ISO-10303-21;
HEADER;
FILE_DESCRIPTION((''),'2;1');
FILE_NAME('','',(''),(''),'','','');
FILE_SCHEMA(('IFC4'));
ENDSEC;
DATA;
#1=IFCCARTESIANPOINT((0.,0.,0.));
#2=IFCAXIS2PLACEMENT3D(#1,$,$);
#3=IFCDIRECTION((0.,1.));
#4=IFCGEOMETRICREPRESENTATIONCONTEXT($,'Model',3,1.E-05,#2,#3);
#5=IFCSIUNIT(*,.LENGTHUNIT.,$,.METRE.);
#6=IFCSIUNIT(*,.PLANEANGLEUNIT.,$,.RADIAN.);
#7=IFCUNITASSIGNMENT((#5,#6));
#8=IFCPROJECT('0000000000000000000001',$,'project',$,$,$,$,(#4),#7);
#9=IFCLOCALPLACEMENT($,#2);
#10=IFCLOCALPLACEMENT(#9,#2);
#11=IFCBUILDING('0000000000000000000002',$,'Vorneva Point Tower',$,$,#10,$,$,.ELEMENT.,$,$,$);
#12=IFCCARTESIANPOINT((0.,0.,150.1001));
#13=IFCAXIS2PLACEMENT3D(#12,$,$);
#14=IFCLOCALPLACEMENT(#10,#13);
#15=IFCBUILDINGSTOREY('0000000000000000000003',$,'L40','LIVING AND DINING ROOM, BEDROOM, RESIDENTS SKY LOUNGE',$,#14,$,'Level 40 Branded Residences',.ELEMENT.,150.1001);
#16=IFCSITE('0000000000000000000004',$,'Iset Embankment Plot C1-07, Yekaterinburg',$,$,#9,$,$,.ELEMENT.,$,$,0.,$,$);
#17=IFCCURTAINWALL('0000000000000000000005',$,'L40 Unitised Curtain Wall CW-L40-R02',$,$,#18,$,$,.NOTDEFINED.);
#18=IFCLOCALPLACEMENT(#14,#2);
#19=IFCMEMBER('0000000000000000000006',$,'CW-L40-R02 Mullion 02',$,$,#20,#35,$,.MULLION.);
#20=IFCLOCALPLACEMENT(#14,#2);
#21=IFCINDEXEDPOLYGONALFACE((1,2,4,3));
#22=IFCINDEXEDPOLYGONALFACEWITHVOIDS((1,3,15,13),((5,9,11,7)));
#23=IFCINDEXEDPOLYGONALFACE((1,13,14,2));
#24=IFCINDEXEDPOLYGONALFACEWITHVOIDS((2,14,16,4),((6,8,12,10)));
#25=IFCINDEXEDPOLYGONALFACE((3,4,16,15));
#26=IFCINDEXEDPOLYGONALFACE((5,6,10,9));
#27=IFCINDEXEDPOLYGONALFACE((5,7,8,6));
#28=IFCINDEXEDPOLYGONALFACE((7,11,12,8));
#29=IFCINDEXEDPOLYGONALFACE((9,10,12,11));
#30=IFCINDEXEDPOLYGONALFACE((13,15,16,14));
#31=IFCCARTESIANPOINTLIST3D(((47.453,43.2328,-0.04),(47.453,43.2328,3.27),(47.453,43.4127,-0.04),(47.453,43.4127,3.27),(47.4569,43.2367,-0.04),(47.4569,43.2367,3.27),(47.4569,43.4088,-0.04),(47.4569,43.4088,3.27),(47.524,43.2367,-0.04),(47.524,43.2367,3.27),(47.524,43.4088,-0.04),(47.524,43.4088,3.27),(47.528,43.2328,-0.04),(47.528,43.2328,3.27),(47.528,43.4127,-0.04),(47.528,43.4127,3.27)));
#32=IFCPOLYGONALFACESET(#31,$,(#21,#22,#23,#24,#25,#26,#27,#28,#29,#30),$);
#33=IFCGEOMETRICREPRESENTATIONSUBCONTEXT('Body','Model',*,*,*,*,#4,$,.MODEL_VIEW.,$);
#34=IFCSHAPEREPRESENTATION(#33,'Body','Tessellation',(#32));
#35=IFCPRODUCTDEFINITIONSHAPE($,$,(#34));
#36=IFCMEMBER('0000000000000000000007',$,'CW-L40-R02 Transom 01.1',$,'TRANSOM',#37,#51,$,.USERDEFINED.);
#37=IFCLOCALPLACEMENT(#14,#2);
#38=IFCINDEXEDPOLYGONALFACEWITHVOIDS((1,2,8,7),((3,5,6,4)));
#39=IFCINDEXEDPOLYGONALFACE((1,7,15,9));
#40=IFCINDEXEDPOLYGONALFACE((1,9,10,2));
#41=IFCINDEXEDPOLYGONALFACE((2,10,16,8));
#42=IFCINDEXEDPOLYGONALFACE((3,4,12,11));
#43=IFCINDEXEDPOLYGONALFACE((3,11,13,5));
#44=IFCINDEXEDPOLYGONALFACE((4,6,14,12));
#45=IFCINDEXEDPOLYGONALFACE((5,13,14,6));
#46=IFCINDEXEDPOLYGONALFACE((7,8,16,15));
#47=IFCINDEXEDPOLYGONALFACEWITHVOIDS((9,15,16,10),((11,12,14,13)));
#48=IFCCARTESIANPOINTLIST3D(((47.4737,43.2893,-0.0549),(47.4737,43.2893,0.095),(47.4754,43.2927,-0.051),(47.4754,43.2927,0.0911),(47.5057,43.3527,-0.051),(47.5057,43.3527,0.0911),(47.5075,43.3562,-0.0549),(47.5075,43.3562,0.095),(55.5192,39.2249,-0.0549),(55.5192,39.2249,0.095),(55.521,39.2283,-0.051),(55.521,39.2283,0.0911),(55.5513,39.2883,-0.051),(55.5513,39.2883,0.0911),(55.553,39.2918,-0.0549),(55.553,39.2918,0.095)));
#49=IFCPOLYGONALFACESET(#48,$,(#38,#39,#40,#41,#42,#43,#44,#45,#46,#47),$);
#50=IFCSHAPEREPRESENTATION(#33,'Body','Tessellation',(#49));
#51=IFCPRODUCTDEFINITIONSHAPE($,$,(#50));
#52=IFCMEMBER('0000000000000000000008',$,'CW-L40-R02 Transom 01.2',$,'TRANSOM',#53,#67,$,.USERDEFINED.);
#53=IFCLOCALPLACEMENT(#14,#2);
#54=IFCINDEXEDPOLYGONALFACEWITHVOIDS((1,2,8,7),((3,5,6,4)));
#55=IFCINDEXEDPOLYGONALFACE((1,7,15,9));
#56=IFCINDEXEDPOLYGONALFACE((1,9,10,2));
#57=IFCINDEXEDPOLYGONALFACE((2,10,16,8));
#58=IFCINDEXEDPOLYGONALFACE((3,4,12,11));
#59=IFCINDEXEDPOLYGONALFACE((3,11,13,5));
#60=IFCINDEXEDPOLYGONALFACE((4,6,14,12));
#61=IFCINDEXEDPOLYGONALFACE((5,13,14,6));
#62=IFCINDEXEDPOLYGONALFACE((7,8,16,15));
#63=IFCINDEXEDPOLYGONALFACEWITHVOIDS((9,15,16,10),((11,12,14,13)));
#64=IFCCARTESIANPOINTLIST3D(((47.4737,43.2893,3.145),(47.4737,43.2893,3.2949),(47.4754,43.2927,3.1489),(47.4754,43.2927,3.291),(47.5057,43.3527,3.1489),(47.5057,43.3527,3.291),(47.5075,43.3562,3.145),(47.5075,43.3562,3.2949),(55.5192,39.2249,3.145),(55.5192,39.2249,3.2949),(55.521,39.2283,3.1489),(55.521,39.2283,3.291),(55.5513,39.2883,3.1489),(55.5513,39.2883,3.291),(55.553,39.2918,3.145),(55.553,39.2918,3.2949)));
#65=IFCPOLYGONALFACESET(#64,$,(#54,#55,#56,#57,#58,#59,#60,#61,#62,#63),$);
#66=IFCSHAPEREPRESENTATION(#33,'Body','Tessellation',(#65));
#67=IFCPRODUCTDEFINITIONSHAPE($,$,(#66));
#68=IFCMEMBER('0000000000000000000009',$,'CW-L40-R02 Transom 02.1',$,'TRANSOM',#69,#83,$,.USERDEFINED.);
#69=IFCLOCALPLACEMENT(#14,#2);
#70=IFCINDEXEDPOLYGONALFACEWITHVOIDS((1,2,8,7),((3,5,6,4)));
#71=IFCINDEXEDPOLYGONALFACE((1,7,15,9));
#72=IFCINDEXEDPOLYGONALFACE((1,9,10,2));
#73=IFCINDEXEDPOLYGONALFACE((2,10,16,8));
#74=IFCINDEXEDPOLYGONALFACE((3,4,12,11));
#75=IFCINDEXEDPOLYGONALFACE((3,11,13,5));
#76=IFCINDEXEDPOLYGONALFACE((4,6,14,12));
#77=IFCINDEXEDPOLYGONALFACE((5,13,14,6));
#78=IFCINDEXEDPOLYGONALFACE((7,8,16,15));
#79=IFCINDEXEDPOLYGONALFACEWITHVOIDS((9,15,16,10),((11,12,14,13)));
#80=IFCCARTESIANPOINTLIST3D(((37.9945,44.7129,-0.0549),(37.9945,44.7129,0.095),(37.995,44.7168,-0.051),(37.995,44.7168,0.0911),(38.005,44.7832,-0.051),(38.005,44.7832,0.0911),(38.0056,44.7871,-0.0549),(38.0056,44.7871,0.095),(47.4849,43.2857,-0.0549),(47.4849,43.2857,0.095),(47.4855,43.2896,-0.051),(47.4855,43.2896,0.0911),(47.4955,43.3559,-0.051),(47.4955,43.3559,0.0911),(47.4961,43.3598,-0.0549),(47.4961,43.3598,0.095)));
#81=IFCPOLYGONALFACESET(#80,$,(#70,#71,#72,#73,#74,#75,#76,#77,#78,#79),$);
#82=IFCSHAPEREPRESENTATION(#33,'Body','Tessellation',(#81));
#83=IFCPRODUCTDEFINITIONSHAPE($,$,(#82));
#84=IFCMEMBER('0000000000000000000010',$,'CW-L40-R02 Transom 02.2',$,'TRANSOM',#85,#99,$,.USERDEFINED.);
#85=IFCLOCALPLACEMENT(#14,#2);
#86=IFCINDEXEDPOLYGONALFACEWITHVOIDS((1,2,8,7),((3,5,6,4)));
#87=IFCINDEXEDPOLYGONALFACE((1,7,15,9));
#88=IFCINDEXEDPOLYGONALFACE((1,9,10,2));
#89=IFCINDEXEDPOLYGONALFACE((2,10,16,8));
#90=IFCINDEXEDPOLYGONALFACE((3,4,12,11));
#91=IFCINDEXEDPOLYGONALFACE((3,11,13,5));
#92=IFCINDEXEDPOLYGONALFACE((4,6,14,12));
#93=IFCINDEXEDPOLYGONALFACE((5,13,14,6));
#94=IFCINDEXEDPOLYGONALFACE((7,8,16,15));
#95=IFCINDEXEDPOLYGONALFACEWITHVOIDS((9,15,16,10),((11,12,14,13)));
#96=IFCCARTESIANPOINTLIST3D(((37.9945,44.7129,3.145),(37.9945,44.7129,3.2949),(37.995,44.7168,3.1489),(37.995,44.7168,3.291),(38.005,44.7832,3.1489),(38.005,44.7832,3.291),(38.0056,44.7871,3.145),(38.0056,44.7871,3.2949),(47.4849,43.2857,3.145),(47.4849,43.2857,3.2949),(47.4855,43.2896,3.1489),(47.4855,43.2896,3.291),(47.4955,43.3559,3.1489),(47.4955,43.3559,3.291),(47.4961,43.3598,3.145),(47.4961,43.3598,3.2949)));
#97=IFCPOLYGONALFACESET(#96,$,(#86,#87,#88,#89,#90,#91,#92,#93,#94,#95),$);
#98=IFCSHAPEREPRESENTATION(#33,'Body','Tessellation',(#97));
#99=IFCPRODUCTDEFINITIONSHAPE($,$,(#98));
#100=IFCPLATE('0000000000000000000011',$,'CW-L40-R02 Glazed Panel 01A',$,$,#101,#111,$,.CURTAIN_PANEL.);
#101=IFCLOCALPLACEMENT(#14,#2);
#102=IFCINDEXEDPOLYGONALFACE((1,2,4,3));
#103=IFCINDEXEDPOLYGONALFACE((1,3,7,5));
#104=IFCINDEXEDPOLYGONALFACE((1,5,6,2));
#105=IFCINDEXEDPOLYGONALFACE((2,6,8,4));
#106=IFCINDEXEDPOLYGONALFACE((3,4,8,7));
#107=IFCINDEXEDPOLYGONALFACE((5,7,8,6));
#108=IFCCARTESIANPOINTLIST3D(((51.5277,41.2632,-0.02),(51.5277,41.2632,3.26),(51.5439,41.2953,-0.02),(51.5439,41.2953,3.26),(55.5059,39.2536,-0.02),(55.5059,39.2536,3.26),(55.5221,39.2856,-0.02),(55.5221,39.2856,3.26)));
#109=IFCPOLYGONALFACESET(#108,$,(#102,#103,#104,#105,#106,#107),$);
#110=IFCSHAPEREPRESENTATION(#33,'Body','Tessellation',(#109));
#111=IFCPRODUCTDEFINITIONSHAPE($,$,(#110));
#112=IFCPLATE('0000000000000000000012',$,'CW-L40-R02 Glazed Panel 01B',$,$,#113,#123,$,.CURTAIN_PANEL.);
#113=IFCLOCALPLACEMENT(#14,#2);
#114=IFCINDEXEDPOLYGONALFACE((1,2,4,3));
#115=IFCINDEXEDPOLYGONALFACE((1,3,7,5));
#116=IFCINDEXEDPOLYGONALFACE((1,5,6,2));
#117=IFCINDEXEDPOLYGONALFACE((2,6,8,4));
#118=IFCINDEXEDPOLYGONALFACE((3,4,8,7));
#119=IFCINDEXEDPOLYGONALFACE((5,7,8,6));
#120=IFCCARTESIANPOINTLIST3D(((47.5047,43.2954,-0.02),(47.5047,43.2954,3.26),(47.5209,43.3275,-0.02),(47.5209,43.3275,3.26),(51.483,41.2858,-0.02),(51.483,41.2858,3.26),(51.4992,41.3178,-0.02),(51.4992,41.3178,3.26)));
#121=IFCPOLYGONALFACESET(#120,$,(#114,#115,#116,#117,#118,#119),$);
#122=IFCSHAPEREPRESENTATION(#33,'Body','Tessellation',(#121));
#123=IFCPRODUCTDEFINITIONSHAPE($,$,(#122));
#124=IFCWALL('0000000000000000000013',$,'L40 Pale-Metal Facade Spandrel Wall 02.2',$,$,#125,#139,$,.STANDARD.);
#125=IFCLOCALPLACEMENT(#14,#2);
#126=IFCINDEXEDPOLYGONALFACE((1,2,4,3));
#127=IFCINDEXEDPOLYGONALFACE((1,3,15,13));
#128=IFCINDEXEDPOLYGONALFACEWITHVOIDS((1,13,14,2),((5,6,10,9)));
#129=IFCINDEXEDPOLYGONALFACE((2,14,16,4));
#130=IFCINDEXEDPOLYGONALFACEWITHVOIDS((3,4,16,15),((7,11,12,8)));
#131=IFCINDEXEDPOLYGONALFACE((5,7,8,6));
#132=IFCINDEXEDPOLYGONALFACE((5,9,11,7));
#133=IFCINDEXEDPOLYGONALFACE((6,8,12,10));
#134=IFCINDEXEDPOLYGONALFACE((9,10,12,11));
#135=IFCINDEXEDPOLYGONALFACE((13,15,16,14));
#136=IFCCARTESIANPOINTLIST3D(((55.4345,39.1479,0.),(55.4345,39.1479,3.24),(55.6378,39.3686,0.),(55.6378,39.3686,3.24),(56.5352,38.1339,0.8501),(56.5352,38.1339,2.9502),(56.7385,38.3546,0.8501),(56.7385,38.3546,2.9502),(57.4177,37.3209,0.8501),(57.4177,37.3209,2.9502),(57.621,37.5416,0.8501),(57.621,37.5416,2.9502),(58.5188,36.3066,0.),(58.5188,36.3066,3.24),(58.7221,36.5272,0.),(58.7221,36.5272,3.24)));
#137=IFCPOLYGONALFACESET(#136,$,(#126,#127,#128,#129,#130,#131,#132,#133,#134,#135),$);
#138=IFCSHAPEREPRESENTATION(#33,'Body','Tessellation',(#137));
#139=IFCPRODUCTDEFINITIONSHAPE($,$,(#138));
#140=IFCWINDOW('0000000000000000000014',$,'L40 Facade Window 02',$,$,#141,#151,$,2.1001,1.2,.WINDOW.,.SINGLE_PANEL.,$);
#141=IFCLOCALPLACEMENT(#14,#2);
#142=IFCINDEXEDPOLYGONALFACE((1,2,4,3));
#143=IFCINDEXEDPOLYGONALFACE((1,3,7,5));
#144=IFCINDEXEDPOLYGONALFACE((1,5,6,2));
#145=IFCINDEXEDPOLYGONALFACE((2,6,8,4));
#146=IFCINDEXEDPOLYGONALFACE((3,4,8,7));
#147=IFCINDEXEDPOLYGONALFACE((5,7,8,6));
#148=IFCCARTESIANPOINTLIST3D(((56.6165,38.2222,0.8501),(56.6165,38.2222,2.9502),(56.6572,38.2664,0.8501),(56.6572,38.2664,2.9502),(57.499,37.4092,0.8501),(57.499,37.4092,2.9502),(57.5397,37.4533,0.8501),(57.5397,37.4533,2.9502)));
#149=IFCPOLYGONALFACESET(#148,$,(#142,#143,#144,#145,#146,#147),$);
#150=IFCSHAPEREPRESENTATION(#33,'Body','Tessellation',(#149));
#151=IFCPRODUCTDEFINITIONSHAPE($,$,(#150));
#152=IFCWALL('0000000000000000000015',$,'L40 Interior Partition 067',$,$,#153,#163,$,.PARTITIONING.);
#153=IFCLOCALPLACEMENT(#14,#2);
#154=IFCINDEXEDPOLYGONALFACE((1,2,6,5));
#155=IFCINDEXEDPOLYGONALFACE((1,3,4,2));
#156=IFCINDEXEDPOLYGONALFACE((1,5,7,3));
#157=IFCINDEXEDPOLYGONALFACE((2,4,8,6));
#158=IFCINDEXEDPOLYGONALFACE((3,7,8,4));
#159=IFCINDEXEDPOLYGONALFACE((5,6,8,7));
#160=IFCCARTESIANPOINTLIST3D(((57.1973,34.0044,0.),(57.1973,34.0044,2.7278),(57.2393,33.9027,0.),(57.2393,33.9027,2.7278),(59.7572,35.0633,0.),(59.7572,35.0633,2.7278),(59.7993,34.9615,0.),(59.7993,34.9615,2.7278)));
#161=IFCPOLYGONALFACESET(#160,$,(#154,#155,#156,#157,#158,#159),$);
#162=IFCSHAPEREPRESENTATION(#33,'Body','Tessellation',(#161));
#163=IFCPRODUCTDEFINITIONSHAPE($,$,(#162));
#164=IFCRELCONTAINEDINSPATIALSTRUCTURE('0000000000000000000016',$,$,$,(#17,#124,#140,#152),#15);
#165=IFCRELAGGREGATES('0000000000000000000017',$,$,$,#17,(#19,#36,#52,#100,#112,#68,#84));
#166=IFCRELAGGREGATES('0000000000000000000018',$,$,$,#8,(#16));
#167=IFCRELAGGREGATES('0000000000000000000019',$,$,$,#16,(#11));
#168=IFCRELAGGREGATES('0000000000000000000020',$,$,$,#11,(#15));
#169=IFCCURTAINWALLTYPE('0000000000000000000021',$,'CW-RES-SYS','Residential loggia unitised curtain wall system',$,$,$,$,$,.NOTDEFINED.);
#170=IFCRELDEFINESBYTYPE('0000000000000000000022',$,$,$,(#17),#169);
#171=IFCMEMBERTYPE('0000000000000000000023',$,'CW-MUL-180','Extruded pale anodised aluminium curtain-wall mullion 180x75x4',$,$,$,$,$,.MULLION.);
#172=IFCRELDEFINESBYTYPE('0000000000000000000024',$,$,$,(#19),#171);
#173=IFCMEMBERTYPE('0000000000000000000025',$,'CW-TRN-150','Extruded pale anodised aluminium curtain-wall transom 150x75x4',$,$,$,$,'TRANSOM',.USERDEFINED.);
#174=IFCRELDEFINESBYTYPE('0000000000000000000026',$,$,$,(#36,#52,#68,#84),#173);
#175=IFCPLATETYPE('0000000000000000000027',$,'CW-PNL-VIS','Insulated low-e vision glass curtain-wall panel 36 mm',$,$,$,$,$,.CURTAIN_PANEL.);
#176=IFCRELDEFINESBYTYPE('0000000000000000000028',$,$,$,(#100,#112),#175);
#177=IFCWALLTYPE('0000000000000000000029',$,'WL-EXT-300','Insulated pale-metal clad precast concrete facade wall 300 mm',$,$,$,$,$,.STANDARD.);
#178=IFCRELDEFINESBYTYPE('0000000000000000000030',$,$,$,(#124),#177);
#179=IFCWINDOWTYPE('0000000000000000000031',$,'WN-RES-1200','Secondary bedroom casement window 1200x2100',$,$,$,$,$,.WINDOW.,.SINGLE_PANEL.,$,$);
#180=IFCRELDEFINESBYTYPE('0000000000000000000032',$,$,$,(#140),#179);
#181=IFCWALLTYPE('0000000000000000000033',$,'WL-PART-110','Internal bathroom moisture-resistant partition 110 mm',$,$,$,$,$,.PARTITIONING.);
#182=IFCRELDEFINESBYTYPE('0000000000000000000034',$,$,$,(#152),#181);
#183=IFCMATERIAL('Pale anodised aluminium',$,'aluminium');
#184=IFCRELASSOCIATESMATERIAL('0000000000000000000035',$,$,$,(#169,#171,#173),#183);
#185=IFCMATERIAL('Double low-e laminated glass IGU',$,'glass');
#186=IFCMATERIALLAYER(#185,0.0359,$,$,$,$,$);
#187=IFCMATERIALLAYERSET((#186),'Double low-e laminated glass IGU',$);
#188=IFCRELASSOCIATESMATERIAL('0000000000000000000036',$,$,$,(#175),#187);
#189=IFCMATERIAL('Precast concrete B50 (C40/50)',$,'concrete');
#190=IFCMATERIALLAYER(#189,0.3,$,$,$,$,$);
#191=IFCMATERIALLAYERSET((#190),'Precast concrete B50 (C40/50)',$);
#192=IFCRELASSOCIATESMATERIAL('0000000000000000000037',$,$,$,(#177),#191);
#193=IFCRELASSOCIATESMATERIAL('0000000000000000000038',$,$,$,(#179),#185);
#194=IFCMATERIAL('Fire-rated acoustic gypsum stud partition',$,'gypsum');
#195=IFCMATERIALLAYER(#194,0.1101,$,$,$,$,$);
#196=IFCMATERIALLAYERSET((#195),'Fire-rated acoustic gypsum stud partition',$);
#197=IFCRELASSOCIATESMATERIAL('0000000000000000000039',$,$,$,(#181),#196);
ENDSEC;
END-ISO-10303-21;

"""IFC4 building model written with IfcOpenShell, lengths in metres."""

from ifc_helpers import new_model, si_unit, direction, frame, frame_2d, origin, origin_2d, place, context, subcontext, project, spatial, rectangle, hollow_rectangle, extrude, material, layer, layer_set, material_profile, profile_set, type_object, element, fill, aggregate, save


model = new_model("IFC4")

# Units and contexts
model_context = context("Model", 3, precision=1e-05, world=origin(), true_north=direction((0.0, 1.0)))
body_context = subcontext(model_context, "Body", "Model", "MODEL_VIEW")
ifc_project = project(units=[si_unit("LENGTHUNIT", "METRE"), si_unit("PLANEANGLEUNIT", "RADIAN")], contexts=[model_context])

# Site, building, storey
site_placement = place(None, origin())
site = spatial("IfcSite", under=ifc_project, at=site_placement, Name="Iset Embankment Plot C1-07, Yekaterinburg", CompositionType="ELEMENT", RefElevation=0.0)
building_placement = place(site_placement, origin())
building = spatial("IfcBuilding", under=site, at=building_placement, Name="Vorneva Point Tower", CompositionType="ELEMENT")
storey_placement = place(building_placement, frame((0.0, 0.0, 150.1001)))
storey = spatial("IfcBuildingStorey", under=building, at=storey_placement, Name="L40", Description="LIVING AND DINING ROOM, BEDROOM, RESIDENTS SKY LOUNGE", LongName="Level 40 Branded Residences", CompositionType="ELEMENT", Elevation=150.1001)

# Curtain wall, members, plates
ifc_material_1 = material(Name="Pale anodised aluminium", Category="aluminium")
curtain_wall_type = type_object("IfcCurtainWallType", Name="CW-RES-SYS", Description="Residential loggia unitised curtain wall system", PredefinedType="NOTDEFINED", material=ifc_material_1)
curtain_wall_placement = place(storey_placement, origin())
curtain_wall = element("IfcCurtainWall", 1, at=curtain_wall_placement, inside=storey, type_object=curtain_wall_type, Name="L40 Unitised Curtain Wall CW-L40-R02", PredefinedType="NOTDEFINED")
ifc_material_profile_1 = material_profile(ifc_material_1, hollow_rectangle(XDim=0.075, YDim=0.1799, WallThickness=0.0039, at=origin_2d()), Name="AL-MUL 180x75x4")
ifc_profile_set_1 = profile_set([ifc_material_profile_1], Name="Pale anodised aluminium")
member_type_1 = type_object("IfcMemberType", Name="CW-MUL-180", Description="Extruded pale anodised aluminium curtain-wall mullion 180x75x4", PredefinedType="MULLION", material=ifc_profile_set_1)
member_1_placement = place(storey_placement, frame((47.4905, 43.3228, -0.04), z_axis=(0.0, 0.0, 1.0), x_axis=(1.0, 0.0, 0.0)))
member_1 = element("IfcMember", 2, at=member_1_placement, type_object=member_type_1, Name="CW-L40-R02 Mullion 02", PredefinedType="MULLION", context=body_context, shape_type="SweptSolid", body=[
    extrude(hollow_rectangle(XDim=0.075, YDim=0.1799, WallThickness=0.0039, at=origin_2d()), origin(), (0.0, 0.0, 1.0), 3.3101),
])
ifc_material_profile_2 = material_profile(ifc_material_1, hollow_rectangle(XDim=0.075, YDim=0.1499, WallThickness=0.0039, at=origin_2d()), Name="AL-TRN 150x75x4")
ifc_profile_set_2 = profile_set([ifc_material_profile_2], Name="Pale anodised aluminium")
member_type_2 = type_object("IfcMemberType", Name="CW-TRN-150", Description="Extruded pale anodised aluminium curtain-wall transom 150x75x4", ElementType="TRANSOM", PredefinedType="USERDEFINED", material=ifc_profile_set_2)
member_2_placement = place(storey_placement, frame((55.5361, 39.2583, 0.02), z_axis=(-0.892572, 0.450904, 0.0), x_axis=(-0.450904, -0.892572, 0.0)))
member_2 = element("IfcMember", 3, at=member_2_placement, type_object=member_type_2, Name="CW-L40-R02 Transom 01.1", ObjectType="TRANSOM", PredefinedType="USERDEFINED", context=body_context, shape_type="SweptSolid", body=[
    extrude(hollow_rectangle(XDim=0.075, YDim=0.1499, WallThickness=0.0039, at=origin_2d()), origin(), (0.0, 0.0, 1.0), 9.0139),
])
member_3_placement = place(storey_placement, frame((55.5361, 39.2583, 3.22), z_axis=(-0.892572, 0.450904, 0.0), x_axis=(-0.450904, -0.892572, 0.0)))
member_3 = element("IfcMember", 4, at=member_3_placement, type_object=member_type_2, Name="CW-L40-R02 Transom 01.2", ObjectType="TRANSOM", PredefinedType="USERDEFINED", context=body_context, shape_type="SweptSolid", body=[
    extrude(hollow_rectangle(XDim=0.075, YDim=0.1499, WallThickness=0.0039, at=origin_2d()), origin(), (0.0, 0.0, 1.0), 9.0139),
])
member_4_placement = place(storey_placement, frame((47.4905, 43.3228, 0.02), z_axis=(-0.98888, 0.148715, 0.0), x_axis=(-0.148715, -0.98888, 0.0)))
member_4 = element("IfcMember", 5, at=member_4_placement, type_object=member_type_2, Name="CW-L40-R02 Transom 02.1", ObjectType="TRANSOM", PredefinedType="USERDEFINED", context=body_context, shape_type="SweptSolid", body=[
    extrude(hollow_rectangle(XDim=0.075, YDim=0.1499, WallThickness=0.0039, at=origin_2d()), origin(), (0.0, 0.0, 1.0), 9.5972),
])
member_5_placement = place(storey_placement, frame((47.4905, 43.3228, 3.22), z_axis=(-0.98888, 0.148715, 0.0), x_axis=(-0.148715, -0.98888, 0.0)))
member_5 = element("IfcMember", 6, at=member_5_placement, type_object=member_type_2, Name="CW-L40-R02 Transom 02.2", ObjectType="TRANSOM", PredefinedType="USERDEFINED", context=body_context, shape_type="SweptSolid", body=[
    extrude(hollow_rectangle(XDim=0.075, YDim=0.1499, WallThickness=0.0039, at=origin_2d()), origin(), (0.0, 0.0, 1.0), 9.5972),
])
ifc_material_2 = material(Name="Double low-e laminated glass IGU", Category="glass")
ifc_layer_1 = layer(ifc_material_2, 0.0359)
ifc_layer_set_1 = layer_set([ifc_layer_1], Name="Double low-e laminated glass IGU")
plate_type = type_object("IfcPlateType", Name="CW-PNL-VIS", Description="Insulated low-e vision glass curtain-wall panel 36 mm", PredefinedType="CURTAIN_PANEL", material=ifc_layer_set_1)
plate_1_placement = place(storey_placement, frame((53.5249, 40.2744, -0.02), z_axis=(0.0, 0.0, 1.0), x_axis=(-0.892578, 0.450893, 0.0)))
plate_1 = element("IfcPlate", 7, at=plate_1_placement, type_object=plate_type, Name="CW-L40-R02 Glazed Panel 01A", PredefinedType="CURTAIN_PANEL", context=body_context, shape_type="SweptSolid", body=[
    extrude(rectangle(XDim=4.457, YDim=0.0359, at=origin_2d()), origin(), (0.0, 0.0, 1.0), 3.28),
])
plate_2_placement = place(storey_placement, frame((49.502, 42.3066, -0.02), z_axis=(0.0, 0.0, 1.0), x_axis=(-0.892578, 0.450893, 0.0)))
plate_2 = element("IfcPlate", 8, at=plate_2_placement, type_object=plate_type, Name="CW-L40-R02 Glazed Panel 01B", PredefinedType="CURTAIN_PANEL", context=body_context, shape_type="SweptSolid", body=[
    extrude(rectangle(XDim=4.457, YDim=0.0359, at=origin_2d()), origin(), (0.0, 0.0, 1.0), 3.28),
])
aggregate(curtain_wall, [member_1, member_2, member_3, plate_1, plate_2, member_4, member_5])

# Wall, opening, window
ifc_material_3 = material(Name="Precast concrete B50 (C40/50)", Category="concrete")
ifc_layer_2 = layer(ifc_material_3, 0.3)
ifc_layer_set_2 = layer_set([ifc_layer_2], Name="Precast concrete B50 (C40/50)")
wall_type_1 = type_object("IfcWallType", Name="WL-EXT-300", Description="Insulated pale-metal clad precast concrete facade wall 300 mm", PredefinedType="STANDARD", material=ifc_layer_set_2)
wall_1_placement = place(storey_placement, frame((58.6204, 36.417, 0.0), z_axis=(0.0, 0.0, 1.0), x_axis=(-0.735477, 0.67755, 0.0)))
wall_1 = element("IfcWall", 9, at=wall_1_placement, inside=storey, type_object=wall_type_1, Name="L40 Pale-Metal Facade Spandrel Wall 02.2", PredefinedType="STANDARD", context=body_context, shape_type="SweptSolid", body=[
    extrude(rectangle(XDim=4.1936, YDim=0.3, at=frame_2d((2.0967, 0.0))), origin(), (0.0, 0.0, 1.0), 3.24),
])
opening_1_placement = place(wall_1_placement, frame((1.4968, 0.0, 0.8501)))
opening_1 = element("IfcOpeningElement", 10, at=opening_1_placement, cuts=wall_1, PredefinedType="OPENING", context=body_context, shape_type="SweptSolid", body=[
    extrude(rectangle(XDim=1.2, YDim=2.1001, at=frame_2d((0.6001, 1.05))), frame((0.0, 0.165, 0.0), z_axis=(0.0, -1.0, 0.0), x_axis=(1.0, 0.0, 0.0)), (0.0, 0.0, 1.0), 0.3298),
])
window_type = type_object("IfcWindowType", Name="WN-RES-1200", Description="Secondary bedroom casement window 1200x2100", PartitioningType="SINGLE_PANEL", PredefinedType="WINDOW", material=ifc_material_2)
window_placement = place(opening_1_placement, origin())
window = element("IfcWindow", 11, at=window_placement, inside=storey, type_object=window_type, Name="L40 Facade Window 02", OverallHeight=2.1001, OverallWidth=1.2, PartitioningType="SINGLE_PANEL", PredefinedType="WINDOW", context=body_context, shape_type="SweptSolid", body=[
    extrude(rectangle(XDim=1.2, YDim=2.1001, at=frame_2d((0.6001, 1.05))), frame((0.0, 0.03, 0.0), z_axis=(0.0, -1.0, 0.0), x_axis=(1.0, 0.0, 0.0)), (0.0, 0.0, 1.0), 0.0601),
])
fill(opening_1, window)

# Wall
ifc_material_4 = material(Name="Fire-rated acoustic gypsum stud partition", Category="gypsum")
ifc_layer_3 = layer(ifc_material_4, 0.1101)
ifc_layer_set_3 = layer_set([ifc_layer_3], Name="Fire-rated acoustic gypsum stud partition")
wall_type_2 = type_object("IfcWallType", Name="WL-PART-110", Description="Internal bathroom moisture-resistant partition 110 mm", PredefinedType="PARTITIONING", material=ifc_layer_set_3)
wall_2_placement = place(storey_placement, frame((59.7783, 35.0125, 0.0), z_axis=(0.0, 0.0, 1.0), x_axis=(-0.924067, -0.38223, 0.0)))
element("IfcWall", 12, at=wall_2_placement, inside=storey, type_object=wall_type_2, Name="L40 Interior Partition 067", PredefinedType="PARTITIONING", context=body_context, shape_type="SweptSolid", body=[
    extrude(rectangle(XDim=2.7703, YDim=0.1101, at=frame_2d((1.3853, 0.0))), origin(), (0.0, 0.0, 1.0), 2.7278),
])

save(model, "model.ifc")
